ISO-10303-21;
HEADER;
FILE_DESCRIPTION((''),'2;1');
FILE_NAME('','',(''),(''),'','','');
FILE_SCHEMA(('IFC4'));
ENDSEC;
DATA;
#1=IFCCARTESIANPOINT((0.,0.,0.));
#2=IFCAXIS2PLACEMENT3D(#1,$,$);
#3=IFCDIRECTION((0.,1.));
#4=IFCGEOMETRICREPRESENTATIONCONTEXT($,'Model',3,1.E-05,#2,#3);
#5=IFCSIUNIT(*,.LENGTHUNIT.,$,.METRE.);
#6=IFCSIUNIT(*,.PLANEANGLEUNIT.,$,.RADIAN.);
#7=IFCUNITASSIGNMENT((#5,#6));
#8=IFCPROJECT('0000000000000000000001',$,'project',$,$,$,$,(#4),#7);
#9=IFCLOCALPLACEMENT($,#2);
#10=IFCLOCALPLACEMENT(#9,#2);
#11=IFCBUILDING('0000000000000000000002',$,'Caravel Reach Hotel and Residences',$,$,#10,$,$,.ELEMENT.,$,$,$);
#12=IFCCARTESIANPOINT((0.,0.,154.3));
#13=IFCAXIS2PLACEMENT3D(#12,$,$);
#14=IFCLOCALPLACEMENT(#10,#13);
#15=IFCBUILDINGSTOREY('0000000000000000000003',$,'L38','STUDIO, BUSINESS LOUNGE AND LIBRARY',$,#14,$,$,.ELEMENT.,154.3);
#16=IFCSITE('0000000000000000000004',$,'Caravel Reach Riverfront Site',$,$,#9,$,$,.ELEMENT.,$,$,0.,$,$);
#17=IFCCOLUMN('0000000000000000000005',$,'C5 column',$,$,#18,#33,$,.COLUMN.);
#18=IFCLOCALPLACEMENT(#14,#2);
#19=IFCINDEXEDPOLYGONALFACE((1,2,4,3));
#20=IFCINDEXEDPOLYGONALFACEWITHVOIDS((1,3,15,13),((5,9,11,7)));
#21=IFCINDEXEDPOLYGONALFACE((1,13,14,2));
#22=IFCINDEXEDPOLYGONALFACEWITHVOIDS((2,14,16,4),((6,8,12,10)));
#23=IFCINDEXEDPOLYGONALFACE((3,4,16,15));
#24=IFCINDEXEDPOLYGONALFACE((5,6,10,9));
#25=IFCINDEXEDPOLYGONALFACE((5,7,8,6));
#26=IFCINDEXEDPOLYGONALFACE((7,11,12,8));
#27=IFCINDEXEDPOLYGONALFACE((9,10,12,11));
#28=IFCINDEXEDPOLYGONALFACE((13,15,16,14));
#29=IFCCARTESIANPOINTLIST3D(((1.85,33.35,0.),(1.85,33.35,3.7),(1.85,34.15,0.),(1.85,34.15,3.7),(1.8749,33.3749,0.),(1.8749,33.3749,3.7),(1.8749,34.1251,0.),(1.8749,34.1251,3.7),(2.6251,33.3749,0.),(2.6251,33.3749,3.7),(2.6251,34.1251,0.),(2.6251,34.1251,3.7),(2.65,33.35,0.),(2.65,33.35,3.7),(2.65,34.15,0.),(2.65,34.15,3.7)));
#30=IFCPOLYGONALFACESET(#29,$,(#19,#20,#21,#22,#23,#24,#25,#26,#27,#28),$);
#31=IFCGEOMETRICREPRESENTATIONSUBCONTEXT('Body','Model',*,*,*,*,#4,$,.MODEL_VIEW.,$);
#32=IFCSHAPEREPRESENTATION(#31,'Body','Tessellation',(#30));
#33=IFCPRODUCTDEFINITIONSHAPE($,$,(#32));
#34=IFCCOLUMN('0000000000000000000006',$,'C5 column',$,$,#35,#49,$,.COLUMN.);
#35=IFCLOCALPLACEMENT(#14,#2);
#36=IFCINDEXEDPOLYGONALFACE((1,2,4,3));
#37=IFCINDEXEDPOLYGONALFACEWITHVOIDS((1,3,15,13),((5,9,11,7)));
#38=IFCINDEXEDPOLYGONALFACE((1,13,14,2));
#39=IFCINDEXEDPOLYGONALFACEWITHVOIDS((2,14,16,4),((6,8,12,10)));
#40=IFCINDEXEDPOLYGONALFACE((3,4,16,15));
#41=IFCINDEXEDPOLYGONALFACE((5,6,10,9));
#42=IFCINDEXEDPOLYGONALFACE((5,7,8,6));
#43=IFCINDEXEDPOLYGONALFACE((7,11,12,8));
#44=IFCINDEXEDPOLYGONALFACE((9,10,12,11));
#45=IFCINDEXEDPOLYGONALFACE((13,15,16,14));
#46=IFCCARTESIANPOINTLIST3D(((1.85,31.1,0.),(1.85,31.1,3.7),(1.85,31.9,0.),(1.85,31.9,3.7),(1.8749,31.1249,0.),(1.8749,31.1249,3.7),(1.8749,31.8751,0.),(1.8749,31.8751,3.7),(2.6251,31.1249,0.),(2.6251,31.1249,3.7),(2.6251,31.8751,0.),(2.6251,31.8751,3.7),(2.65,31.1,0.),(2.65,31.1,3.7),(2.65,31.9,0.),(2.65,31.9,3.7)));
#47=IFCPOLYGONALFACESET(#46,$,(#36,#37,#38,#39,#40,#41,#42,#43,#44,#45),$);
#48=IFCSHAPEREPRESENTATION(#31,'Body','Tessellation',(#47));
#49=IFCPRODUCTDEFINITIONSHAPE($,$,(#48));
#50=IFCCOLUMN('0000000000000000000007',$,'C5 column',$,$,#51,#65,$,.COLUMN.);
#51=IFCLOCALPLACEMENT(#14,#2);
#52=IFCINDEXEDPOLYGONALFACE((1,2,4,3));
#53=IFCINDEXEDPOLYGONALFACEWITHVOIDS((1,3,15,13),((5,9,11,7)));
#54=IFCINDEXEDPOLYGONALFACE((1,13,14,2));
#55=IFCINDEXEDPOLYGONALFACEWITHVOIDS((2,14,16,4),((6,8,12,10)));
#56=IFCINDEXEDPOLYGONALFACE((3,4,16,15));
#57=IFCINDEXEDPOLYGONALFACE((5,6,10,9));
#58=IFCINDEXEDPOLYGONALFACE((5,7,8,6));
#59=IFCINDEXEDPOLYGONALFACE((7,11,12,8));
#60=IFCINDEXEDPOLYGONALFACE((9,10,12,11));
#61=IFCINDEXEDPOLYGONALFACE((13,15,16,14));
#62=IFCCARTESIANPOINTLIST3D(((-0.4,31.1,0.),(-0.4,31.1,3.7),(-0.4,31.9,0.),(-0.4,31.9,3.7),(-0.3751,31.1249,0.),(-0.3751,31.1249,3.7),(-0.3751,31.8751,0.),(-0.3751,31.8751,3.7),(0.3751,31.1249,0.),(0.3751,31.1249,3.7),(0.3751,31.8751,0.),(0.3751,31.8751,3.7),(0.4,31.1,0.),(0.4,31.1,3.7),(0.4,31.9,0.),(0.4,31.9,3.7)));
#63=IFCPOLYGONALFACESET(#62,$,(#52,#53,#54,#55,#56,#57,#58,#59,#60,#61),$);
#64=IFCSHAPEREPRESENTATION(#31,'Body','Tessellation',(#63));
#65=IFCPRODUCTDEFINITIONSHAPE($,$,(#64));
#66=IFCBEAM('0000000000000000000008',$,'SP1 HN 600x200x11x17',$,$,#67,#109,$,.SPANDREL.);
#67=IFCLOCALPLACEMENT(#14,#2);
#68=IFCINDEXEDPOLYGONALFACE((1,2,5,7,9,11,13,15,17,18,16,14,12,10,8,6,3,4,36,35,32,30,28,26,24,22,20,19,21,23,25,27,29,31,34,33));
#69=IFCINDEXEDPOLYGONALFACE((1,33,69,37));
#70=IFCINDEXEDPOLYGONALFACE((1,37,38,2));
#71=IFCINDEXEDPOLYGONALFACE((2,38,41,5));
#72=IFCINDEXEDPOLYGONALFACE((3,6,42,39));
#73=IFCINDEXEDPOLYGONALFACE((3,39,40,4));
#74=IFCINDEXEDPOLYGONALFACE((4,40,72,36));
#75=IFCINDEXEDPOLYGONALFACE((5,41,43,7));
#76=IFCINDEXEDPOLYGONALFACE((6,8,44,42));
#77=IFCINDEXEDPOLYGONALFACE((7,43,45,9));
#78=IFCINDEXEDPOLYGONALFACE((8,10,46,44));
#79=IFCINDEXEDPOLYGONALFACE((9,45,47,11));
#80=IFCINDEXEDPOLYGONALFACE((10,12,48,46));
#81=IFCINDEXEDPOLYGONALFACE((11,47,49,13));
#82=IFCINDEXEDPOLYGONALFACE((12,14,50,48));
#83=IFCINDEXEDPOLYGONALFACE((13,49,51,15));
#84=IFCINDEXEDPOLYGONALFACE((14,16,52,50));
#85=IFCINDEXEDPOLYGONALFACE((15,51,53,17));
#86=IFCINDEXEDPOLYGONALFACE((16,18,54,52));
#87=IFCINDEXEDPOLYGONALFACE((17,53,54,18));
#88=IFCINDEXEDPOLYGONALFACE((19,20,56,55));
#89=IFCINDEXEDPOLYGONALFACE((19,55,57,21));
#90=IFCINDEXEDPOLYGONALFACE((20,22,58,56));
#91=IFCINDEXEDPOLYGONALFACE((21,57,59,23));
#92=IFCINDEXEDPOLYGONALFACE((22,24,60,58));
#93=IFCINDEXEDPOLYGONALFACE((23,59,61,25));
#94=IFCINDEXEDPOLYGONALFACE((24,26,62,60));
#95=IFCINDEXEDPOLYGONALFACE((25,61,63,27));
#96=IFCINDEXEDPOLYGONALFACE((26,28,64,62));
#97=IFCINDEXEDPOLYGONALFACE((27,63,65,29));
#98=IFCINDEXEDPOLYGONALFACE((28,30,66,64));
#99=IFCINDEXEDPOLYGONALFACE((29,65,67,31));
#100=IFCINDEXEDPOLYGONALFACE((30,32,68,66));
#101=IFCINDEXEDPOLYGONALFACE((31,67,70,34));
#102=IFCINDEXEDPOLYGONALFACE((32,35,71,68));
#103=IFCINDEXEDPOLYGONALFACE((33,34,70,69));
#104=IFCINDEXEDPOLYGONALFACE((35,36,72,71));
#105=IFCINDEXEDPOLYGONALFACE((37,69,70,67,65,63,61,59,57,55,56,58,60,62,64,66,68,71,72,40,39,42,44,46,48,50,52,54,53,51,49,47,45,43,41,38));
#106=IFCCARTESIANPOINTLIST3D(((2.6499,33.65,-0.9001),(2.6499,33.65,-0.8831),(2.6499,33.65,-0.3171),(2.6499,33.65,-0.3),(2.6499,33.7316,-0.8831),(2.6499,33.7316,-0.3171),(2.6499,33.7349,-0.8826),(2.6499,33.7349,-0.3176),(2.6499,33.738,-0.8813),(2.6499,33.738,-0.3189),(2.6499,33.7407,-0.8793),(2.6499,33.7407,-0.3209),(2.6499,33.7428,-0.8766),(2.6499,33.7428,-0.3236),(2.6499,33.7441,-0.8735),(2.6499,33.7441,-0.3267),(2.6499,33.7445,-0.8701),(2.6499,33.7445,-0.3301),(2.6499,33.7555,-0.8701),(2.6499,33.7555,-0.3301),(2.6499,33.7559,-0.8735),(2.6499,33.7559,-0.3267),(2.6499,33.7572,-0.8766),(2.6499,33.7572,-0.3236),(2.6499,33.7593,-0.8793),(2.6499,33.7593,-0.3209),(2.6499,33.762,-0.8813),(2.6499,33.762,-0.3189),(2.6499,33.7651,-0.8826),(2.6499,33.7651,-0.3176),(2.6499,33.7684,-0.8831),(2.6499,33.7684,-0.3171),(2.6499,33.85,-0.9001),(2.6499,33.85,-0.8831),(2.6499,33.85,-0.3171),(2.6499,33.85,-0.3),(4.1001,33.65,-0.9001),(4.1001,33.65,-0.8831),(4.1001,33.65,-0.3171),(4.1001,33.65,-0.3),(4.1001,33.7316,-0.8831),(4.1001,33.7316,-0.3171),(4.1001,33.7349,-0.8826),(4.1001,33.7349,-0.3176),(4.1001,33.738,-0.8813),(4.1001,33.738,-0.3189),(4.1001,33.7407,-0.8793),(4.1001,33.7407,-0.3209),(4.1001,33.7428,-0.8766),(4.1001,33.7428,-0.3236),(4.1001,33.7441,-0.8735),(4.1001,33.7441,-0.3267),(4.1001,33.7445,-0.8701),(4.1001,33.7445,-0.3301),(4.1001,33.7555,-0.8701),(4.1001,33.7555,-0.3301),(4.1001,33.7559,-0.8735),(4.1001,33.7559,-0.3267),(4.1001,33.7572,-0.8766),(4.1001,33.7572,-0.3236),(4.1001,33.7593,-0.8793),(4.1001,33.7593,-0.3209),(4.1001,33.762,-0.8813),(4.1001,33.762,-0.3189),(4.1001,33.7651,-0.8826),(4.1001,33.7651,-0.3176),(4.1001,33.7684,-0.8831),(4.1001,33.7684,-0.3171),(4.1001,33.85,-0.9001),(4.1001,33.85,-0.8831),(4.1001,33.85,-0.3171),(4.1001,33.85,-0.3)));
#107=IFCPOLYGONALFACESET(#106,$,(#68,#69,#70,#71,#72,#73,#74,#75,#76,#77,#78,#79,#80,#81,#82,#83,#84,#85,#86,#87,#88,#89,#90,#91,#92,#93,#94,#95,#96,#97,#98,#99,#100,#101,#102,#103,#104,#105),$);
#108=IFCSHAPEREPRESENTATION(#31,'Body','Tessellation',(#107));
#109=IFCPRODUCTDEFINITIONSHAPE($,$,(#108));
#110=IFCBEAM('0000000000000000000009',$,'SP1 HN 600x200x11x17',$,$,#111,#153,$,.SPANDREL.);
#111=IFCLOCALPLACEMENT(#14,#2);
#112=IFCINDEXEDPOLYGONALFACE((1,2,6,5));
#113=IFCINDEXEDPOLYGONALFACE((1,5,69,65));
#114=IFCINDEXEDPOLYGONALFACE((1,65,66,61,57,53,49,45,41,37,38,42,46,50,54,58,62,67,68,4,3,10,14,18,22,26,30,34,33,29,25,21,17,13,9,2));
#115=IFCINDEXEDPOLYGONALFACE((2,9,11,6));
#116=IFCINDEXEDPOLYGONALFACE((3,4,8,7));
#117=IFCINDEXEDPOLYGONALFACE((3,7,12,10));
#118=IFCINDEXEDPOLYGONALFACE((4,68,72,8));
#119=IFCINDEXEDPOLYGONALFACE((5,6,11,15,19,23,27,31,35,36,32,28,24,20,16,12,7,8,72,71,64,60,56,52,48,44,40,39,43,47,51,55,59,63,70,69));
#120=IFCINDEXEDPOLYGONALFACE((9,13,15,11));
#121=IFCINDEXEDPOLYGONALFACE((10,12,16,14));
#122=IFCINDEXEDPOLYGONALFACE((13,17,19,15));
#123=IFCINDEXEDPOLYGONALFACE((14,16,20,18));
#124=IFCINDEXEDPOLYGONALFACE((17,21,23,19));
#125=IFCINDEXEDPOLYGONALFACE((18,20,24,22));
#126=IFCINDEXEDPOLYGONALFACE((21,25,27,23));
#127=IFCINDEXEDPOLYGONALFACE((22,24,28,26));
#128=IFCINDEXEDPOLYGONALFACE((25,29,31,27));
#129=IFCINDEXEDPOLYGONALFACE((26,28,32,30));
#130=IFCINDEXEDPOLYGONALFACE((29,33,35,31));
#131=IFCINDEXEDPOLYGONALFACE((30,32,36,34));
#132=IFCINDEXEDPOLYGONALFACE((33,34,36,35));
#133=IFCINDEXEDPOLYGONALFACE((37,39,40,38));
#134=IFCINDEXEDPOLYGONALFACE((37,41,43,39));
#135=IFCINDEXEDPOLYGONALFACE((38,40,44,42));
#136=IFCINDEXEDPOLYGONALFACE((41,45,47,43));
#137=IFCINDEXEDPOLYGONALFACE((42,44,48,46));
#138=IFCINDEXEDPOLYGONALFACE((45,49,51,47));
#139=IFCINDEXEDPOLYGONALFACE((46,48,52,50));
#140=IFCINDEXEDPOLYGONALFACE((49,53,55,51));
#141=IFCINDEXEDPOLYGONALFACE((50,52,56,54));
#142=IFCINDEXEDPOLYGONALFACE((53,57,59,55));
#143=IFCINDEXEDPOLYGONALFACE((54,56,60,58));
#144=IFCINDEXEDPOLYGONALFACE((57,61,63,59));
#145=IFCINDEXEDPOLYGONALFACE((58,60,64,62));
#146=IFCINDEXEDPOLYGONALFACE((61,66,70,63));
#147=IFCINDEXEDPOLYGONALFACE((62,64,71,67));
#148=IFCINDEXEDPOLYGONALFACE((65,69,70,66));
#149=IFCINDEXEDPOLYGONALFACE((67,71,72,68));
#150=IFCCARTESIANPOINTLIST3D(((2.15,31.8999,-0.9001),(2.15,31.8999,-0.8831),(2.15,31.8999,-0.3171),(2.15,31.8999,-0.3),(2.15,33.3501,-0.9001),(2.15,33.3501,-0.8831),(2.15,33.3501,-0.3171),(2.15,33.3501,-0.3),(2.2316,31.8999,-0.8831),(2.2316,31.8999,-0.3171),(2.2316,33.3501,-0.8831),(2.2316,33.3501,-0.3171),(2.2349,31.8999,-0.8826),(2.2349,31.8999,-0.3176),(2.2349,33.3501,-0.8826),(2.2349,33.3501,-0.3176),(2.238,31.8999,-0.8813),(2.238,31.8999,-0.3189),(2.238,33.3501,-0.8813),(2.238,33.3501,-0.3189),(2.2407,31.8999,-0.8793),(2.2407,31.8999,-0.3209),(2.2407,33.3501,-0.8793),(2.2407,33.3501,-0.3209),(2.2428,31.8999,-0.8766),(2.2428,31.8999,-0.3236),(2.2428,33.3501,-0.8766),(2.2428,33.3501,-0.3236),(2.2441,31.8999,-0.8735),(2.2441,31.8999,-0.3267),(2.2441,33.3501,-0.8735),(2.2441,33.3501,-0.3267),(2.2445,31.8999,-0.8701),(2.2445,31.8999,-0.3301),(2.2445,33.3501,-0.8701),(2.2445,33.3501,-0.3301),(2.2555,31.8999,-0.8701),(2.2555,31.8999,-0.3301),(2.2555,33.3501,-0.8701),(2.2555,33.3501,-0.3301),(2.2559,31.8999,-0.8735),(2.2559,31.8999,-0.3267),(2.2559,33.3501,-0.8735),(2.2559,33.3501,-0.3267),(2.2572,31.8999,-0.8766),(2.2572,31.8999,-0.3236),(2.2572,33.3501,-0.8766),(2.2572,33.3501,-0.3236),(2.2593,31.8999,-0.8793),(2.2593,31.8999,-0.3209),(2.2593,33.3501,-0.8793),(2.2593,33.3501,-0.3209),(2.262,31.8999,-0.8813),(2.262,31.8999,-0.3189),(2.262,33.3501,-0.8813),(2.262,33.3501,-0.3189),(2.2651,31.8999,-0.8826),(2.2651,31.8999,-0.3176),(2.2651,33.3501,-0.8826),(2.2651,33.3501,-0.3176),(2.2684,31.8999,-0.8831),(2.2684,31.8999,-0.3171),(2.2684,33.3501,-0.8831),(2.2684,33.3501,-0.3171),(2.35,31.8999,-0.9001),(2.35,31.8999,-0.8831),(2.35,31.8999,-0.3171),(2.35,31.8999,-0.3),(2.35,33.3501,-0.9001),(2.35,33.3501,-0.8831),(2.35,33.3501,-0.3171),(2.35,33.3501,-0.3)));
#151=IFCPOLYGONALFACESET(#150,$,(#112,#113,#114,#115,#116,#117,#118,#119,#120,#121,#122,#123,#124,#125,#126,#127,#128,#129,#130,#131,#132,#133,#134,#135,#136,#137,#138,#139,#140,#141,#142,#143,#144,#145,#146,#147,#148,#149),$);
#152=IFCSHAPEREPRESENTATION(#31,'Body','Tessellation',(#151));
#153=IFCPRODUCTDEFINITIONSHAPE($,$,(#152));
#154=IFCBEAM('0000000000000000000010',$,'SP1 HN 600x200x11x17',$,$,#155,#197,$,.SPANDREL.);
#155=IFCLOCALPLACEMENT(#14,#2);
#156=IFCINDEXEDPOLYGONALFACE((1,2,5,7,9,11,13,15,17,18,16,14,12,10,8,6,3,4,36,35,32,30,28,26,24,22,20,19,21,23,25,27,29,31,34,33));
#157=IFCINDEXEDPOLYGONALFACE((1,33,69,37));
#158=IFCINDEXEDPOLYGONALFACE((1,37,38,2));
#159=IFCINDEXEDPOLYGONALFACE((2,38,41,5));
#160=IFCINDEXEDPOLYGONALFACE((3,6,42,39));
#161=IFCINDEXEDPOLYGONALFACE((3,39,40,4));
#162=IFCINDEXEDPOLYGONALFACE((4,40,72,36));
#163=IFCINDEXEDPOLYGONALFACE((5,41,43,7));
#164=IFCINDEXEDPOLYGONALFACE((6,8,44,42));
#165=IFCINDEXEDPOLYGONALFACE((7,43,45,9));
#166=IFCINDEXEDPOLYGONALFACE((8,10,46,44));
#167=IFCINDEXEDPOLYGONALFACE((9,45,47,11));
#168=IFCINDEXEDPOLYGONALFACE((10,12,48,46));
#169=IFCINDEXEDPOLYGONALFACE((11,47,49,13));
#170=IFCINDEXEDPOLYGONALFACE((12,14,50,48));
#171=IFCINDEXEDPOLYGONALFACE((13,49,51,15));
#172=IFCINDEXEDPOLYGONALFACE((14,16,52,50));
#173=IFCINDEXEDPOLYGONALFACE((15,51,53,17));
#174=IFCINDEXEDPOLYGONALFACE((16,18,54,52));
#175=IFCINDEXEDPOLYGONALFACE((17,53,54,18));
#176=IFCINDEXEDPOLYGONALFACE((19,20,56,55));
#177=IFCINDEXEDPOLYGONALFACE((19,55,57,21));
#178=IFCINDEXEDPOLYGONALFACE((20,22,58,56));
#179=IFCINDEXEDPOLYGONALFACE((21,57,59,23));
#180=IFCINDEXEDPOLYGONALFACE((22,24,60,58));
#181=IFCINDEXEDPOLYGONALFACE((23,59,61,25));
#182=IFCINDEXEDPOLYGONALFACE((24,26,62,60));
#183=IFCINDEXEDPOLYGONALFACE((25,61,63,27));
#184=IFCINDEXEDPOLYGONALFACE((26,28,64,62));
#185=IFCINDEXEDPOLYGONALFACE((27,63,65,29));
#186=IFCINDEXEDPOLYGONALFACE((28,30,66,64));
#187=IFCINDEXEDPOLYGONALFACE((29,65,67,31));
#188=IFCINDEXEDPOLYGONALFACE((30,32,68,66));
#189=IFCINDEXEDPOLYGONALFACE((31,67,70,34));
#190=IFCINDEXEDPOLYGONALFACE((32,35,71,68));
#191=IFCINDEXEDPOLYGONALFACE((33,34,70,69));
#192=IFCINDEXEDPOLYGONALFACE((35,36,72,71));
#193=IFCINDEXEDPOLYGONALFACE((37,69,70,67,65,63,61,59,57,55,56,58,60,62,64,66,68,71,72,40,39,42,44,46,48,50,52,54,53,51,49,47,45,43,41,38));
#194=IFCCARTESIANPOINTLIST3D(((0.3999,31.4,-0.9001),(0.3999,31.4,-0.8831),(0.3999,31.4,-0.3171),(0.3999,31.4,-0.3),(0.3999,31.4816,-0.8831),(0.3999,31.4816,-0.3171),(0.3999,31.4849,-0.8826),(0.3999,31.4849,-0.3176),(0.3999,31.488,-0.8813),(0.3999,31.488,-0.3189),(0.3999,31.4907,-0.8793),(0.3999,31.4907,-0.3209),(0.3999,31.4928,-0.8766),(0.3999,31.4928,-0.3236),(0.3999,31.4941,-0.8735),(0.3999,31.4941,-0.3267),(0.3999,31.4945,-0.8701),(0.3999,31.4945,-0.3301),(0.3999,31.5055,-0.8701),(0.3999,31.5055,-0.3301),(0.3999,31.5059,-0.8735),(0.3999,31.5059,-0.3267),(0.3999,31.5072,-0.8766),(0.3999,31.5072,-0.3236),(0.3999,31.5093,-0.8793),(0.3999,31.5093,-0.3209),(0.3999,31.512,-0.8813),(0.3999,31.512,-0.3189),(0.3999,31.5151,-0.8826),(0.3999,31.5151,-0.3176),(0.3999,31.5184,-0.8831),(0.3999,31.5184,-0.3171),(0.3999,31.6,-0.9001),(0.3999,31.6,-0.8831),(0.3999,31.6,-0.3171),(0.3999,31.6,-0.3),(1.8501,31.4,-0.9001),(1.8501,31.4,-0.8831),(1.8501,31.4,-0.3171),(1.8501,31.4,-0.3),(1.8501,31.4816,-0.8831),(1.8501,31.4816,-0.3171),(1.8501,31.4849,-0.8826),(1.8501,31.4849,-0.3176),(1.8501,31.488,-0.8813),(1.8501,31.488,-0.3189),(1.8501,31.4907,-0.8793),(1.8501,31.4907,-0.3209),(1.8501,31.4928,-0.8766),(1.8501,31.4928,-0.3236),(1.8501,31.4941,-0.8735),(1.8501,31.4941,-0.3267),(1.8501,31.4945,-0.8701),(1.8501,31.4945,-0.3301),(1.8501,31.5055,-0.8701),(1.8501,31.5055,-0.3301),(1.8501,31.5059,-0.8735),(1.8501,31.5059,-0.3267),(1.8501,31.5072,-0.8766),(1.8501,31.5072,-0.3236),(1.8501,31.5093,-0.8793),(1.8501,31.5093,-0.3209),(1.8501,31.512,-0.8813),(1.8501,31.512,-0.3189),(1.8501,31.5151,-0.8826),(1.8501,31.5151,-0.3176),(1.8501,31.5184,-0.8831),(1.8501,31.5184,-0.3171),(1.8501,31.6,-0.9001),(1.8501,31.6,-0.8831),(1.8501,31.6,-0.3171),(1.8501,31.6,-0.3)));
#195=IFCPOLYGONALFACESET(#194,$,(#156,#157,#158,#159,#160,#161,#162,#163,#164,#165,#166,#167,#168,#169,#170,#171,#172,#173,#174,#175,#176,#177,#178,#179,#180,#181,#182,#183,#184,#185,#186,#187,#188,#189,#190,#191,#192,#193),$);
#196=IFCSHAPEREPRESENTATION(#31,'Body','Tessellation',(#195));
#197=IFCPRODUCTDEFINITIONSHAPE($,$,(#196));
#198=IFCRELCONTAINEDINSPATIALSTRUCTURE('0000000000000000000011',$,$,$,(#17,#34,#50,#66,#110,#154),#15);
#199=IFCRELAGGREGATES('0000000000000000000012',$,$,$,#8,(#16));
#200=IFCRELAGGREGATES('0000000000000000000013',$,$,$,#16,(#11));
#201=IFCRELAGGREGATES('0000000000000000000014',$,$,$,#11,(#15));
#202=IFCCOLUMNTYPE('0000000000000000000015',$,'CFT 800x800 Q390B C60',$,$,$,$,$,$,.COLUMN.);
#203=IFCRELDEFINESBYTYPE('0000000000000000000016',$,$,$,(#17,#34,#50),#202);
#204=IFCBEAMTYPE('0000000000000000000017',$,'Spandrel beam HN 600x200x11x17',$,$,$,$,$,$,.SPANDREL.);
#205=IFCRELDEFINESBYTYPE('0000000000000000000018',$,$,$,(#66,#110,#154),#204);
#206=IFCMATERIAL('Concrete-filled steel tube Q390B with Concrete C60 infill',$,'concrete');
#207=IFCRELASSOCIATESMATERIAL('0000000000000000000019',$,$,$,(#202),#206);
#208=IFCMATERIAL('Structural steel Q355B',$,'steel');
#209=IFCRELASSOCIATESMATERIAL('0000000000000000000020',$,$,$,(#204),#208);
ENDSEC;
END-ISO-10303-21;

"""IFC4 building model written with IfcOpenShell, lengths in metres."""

from ifc_helpers import new_model, si_unit, direction, frame, origin, origin_2d, place, context, subcontext, project, spatial, hollow_rectangle, i_section, extrude, material, material_profile, profile_set, type_object, element, save


model = new_model("IFC4")

# Units and contexts
model_context = context("Model", 3, precision=1e-05, world=origin(), true_north=direction((0.0, 1.0)))
body_context = subcontext(model_context, "Body", "Model", "MODEL_VIEW")
ifc_project = project(units=[si_unit("LENGTHUNIT", "METRE"), si_unit("PLANEANGLEUNIT", "RADIAN")], contexts=[model_context])

# Site, building, storey
site_placement = place(None, origin())
site = spatial("IfcSite", under=ifc_project, at=site_placement, Name="Caravel Reach Riverfront Site", CompositionType="ELEMENT", RefElevation=0.0)
building_placement = place(site_placement, origin())
building = spatial("IfcBuilding", under=site, at=building_placement, Name="Caravel Reach Hotel and Residences", CompositionType="ELEMENT")
storey_placement = place(building_placement, frame((0.0, 0.0, 154.3)))
storey = spatial("IfcBuildingStorey", under=building, at=storey_placement, Name="L38", Description="STUDIO, BUSINESS LOUNGE AND LIBRARY", CompositionType="ELEMENT", Elevation=154.3)

# Columns
ifc_material_1 = material(Name="Concrete-filled steel tube Q390B with Concrete C60 infill", Category="concrete")
ifc_material_profile_1 = material_profile(ifc_material_1, hollow_rectangle(XDim=0.8, YDim=0.8, WallThickness=0.0249, at=origin_2d()), Name="RHS 800x800x25")
ifc_profile_set_1 = profile_set([ifc_material_profile_1], Name="Concrete-filled steel tube Q390B with Concrete C60 infill")
column_type = type_object("IfcColumnType", Name="CFT 800x800 Q390B C60", PredefinedType="COLUMN", material=ifc_profile_set_1)
for number, where, z_axis, x_axis, name in (
    (1, (2.25, 33.75, 0.0), (0.0, 0.0, 1.0), (1.0, 0.0, 0.0), "C5 column"),
    (2, (2.25, 31.5, 0.0), (0.0, 0.0, 1.0), (1.0, 0.0, 0.0), "C5 column"),
    (3, (0.0, 31.5, 0.0), (0.0, 0.0, 1.0), (1.0, 0.0, 0.0), "C5 column"),
):
    element("IfcColumn", number, at=place(storey_placement, frame(where, z_axis=z_axis, x_axis=x_axis)), inside=storey, type_object=column_type, Name=name, PredefinedType="COLUMN", context=body_context, shape_type="SweptSolid", body=[
        extrude(hollow_rectangle(XDim=0.8, YDim=0.8, WallThickness=0.0249, at=origin_2d()), origin(), (0.0, 0.0, 1.0), 3.7),
    ])

# Beams
ifc_material_2 = material(Name="Structural steel Q355B", Category="steel")
ifc_material_profile_2 = material_profile(ifc_material_2, i_section(OverallWidth=0.2, OverallDepth=0.6001, WebThickness=0.011, FlangeThickness=0.0171, FilletRadius=0.0129, at=origin_2d()), Name="HN 600x200x11x17")
ifc_profile_set_2 = profile_set([ifc_material_profile_2], Name="Structural steel Q355B")
beam_type = type_object("IfcBeamType", Name="Spandrel beam HN 600x200x11x17", PredefinedType="SPANDREL", material=ifc_profile_set_2)
for number, where, z_axis, x_axis, name in (
    (4, (4.1001, 33.75, -0.6001), (-1.0, 0.0, 0.0), (0.0, -1.0, 0.0), "SP1 HN 600x200x11x17"),
    (5, (2.25, 33.3501, -0.6001), (0.0, -1.0, 0.0), (1.0, 0.0, 0.0), "SP1 HN 600x200x11x17"),
    (6, (1.8501, 31.5, -0.6001), (-1.0, 0.0, 0.0), (0.0, -1.0, 0.0), "SP1 HN 600x200x11x17"),
):
    element("IfcBeam", number, at=place(storey_placement, frame(where, z_axis=z_axis, x_axis=x_axis)), inside=storey, type_object=beam_type, Name=name, PredefinedType="SPANDREL", context=body_context, shape_type="SweptSolid", body=[
        extrude(i_section(OverallWidth=0.2, OverallDepth=0.6001, WebThickness=0.011, FlangeThickness=0.0171, FilletRadius=0.0129, at=origin_2d()), origin(), (0.0, 0.0, 1.0), 1.4502),
    ])

save(model, "model.ifc")
